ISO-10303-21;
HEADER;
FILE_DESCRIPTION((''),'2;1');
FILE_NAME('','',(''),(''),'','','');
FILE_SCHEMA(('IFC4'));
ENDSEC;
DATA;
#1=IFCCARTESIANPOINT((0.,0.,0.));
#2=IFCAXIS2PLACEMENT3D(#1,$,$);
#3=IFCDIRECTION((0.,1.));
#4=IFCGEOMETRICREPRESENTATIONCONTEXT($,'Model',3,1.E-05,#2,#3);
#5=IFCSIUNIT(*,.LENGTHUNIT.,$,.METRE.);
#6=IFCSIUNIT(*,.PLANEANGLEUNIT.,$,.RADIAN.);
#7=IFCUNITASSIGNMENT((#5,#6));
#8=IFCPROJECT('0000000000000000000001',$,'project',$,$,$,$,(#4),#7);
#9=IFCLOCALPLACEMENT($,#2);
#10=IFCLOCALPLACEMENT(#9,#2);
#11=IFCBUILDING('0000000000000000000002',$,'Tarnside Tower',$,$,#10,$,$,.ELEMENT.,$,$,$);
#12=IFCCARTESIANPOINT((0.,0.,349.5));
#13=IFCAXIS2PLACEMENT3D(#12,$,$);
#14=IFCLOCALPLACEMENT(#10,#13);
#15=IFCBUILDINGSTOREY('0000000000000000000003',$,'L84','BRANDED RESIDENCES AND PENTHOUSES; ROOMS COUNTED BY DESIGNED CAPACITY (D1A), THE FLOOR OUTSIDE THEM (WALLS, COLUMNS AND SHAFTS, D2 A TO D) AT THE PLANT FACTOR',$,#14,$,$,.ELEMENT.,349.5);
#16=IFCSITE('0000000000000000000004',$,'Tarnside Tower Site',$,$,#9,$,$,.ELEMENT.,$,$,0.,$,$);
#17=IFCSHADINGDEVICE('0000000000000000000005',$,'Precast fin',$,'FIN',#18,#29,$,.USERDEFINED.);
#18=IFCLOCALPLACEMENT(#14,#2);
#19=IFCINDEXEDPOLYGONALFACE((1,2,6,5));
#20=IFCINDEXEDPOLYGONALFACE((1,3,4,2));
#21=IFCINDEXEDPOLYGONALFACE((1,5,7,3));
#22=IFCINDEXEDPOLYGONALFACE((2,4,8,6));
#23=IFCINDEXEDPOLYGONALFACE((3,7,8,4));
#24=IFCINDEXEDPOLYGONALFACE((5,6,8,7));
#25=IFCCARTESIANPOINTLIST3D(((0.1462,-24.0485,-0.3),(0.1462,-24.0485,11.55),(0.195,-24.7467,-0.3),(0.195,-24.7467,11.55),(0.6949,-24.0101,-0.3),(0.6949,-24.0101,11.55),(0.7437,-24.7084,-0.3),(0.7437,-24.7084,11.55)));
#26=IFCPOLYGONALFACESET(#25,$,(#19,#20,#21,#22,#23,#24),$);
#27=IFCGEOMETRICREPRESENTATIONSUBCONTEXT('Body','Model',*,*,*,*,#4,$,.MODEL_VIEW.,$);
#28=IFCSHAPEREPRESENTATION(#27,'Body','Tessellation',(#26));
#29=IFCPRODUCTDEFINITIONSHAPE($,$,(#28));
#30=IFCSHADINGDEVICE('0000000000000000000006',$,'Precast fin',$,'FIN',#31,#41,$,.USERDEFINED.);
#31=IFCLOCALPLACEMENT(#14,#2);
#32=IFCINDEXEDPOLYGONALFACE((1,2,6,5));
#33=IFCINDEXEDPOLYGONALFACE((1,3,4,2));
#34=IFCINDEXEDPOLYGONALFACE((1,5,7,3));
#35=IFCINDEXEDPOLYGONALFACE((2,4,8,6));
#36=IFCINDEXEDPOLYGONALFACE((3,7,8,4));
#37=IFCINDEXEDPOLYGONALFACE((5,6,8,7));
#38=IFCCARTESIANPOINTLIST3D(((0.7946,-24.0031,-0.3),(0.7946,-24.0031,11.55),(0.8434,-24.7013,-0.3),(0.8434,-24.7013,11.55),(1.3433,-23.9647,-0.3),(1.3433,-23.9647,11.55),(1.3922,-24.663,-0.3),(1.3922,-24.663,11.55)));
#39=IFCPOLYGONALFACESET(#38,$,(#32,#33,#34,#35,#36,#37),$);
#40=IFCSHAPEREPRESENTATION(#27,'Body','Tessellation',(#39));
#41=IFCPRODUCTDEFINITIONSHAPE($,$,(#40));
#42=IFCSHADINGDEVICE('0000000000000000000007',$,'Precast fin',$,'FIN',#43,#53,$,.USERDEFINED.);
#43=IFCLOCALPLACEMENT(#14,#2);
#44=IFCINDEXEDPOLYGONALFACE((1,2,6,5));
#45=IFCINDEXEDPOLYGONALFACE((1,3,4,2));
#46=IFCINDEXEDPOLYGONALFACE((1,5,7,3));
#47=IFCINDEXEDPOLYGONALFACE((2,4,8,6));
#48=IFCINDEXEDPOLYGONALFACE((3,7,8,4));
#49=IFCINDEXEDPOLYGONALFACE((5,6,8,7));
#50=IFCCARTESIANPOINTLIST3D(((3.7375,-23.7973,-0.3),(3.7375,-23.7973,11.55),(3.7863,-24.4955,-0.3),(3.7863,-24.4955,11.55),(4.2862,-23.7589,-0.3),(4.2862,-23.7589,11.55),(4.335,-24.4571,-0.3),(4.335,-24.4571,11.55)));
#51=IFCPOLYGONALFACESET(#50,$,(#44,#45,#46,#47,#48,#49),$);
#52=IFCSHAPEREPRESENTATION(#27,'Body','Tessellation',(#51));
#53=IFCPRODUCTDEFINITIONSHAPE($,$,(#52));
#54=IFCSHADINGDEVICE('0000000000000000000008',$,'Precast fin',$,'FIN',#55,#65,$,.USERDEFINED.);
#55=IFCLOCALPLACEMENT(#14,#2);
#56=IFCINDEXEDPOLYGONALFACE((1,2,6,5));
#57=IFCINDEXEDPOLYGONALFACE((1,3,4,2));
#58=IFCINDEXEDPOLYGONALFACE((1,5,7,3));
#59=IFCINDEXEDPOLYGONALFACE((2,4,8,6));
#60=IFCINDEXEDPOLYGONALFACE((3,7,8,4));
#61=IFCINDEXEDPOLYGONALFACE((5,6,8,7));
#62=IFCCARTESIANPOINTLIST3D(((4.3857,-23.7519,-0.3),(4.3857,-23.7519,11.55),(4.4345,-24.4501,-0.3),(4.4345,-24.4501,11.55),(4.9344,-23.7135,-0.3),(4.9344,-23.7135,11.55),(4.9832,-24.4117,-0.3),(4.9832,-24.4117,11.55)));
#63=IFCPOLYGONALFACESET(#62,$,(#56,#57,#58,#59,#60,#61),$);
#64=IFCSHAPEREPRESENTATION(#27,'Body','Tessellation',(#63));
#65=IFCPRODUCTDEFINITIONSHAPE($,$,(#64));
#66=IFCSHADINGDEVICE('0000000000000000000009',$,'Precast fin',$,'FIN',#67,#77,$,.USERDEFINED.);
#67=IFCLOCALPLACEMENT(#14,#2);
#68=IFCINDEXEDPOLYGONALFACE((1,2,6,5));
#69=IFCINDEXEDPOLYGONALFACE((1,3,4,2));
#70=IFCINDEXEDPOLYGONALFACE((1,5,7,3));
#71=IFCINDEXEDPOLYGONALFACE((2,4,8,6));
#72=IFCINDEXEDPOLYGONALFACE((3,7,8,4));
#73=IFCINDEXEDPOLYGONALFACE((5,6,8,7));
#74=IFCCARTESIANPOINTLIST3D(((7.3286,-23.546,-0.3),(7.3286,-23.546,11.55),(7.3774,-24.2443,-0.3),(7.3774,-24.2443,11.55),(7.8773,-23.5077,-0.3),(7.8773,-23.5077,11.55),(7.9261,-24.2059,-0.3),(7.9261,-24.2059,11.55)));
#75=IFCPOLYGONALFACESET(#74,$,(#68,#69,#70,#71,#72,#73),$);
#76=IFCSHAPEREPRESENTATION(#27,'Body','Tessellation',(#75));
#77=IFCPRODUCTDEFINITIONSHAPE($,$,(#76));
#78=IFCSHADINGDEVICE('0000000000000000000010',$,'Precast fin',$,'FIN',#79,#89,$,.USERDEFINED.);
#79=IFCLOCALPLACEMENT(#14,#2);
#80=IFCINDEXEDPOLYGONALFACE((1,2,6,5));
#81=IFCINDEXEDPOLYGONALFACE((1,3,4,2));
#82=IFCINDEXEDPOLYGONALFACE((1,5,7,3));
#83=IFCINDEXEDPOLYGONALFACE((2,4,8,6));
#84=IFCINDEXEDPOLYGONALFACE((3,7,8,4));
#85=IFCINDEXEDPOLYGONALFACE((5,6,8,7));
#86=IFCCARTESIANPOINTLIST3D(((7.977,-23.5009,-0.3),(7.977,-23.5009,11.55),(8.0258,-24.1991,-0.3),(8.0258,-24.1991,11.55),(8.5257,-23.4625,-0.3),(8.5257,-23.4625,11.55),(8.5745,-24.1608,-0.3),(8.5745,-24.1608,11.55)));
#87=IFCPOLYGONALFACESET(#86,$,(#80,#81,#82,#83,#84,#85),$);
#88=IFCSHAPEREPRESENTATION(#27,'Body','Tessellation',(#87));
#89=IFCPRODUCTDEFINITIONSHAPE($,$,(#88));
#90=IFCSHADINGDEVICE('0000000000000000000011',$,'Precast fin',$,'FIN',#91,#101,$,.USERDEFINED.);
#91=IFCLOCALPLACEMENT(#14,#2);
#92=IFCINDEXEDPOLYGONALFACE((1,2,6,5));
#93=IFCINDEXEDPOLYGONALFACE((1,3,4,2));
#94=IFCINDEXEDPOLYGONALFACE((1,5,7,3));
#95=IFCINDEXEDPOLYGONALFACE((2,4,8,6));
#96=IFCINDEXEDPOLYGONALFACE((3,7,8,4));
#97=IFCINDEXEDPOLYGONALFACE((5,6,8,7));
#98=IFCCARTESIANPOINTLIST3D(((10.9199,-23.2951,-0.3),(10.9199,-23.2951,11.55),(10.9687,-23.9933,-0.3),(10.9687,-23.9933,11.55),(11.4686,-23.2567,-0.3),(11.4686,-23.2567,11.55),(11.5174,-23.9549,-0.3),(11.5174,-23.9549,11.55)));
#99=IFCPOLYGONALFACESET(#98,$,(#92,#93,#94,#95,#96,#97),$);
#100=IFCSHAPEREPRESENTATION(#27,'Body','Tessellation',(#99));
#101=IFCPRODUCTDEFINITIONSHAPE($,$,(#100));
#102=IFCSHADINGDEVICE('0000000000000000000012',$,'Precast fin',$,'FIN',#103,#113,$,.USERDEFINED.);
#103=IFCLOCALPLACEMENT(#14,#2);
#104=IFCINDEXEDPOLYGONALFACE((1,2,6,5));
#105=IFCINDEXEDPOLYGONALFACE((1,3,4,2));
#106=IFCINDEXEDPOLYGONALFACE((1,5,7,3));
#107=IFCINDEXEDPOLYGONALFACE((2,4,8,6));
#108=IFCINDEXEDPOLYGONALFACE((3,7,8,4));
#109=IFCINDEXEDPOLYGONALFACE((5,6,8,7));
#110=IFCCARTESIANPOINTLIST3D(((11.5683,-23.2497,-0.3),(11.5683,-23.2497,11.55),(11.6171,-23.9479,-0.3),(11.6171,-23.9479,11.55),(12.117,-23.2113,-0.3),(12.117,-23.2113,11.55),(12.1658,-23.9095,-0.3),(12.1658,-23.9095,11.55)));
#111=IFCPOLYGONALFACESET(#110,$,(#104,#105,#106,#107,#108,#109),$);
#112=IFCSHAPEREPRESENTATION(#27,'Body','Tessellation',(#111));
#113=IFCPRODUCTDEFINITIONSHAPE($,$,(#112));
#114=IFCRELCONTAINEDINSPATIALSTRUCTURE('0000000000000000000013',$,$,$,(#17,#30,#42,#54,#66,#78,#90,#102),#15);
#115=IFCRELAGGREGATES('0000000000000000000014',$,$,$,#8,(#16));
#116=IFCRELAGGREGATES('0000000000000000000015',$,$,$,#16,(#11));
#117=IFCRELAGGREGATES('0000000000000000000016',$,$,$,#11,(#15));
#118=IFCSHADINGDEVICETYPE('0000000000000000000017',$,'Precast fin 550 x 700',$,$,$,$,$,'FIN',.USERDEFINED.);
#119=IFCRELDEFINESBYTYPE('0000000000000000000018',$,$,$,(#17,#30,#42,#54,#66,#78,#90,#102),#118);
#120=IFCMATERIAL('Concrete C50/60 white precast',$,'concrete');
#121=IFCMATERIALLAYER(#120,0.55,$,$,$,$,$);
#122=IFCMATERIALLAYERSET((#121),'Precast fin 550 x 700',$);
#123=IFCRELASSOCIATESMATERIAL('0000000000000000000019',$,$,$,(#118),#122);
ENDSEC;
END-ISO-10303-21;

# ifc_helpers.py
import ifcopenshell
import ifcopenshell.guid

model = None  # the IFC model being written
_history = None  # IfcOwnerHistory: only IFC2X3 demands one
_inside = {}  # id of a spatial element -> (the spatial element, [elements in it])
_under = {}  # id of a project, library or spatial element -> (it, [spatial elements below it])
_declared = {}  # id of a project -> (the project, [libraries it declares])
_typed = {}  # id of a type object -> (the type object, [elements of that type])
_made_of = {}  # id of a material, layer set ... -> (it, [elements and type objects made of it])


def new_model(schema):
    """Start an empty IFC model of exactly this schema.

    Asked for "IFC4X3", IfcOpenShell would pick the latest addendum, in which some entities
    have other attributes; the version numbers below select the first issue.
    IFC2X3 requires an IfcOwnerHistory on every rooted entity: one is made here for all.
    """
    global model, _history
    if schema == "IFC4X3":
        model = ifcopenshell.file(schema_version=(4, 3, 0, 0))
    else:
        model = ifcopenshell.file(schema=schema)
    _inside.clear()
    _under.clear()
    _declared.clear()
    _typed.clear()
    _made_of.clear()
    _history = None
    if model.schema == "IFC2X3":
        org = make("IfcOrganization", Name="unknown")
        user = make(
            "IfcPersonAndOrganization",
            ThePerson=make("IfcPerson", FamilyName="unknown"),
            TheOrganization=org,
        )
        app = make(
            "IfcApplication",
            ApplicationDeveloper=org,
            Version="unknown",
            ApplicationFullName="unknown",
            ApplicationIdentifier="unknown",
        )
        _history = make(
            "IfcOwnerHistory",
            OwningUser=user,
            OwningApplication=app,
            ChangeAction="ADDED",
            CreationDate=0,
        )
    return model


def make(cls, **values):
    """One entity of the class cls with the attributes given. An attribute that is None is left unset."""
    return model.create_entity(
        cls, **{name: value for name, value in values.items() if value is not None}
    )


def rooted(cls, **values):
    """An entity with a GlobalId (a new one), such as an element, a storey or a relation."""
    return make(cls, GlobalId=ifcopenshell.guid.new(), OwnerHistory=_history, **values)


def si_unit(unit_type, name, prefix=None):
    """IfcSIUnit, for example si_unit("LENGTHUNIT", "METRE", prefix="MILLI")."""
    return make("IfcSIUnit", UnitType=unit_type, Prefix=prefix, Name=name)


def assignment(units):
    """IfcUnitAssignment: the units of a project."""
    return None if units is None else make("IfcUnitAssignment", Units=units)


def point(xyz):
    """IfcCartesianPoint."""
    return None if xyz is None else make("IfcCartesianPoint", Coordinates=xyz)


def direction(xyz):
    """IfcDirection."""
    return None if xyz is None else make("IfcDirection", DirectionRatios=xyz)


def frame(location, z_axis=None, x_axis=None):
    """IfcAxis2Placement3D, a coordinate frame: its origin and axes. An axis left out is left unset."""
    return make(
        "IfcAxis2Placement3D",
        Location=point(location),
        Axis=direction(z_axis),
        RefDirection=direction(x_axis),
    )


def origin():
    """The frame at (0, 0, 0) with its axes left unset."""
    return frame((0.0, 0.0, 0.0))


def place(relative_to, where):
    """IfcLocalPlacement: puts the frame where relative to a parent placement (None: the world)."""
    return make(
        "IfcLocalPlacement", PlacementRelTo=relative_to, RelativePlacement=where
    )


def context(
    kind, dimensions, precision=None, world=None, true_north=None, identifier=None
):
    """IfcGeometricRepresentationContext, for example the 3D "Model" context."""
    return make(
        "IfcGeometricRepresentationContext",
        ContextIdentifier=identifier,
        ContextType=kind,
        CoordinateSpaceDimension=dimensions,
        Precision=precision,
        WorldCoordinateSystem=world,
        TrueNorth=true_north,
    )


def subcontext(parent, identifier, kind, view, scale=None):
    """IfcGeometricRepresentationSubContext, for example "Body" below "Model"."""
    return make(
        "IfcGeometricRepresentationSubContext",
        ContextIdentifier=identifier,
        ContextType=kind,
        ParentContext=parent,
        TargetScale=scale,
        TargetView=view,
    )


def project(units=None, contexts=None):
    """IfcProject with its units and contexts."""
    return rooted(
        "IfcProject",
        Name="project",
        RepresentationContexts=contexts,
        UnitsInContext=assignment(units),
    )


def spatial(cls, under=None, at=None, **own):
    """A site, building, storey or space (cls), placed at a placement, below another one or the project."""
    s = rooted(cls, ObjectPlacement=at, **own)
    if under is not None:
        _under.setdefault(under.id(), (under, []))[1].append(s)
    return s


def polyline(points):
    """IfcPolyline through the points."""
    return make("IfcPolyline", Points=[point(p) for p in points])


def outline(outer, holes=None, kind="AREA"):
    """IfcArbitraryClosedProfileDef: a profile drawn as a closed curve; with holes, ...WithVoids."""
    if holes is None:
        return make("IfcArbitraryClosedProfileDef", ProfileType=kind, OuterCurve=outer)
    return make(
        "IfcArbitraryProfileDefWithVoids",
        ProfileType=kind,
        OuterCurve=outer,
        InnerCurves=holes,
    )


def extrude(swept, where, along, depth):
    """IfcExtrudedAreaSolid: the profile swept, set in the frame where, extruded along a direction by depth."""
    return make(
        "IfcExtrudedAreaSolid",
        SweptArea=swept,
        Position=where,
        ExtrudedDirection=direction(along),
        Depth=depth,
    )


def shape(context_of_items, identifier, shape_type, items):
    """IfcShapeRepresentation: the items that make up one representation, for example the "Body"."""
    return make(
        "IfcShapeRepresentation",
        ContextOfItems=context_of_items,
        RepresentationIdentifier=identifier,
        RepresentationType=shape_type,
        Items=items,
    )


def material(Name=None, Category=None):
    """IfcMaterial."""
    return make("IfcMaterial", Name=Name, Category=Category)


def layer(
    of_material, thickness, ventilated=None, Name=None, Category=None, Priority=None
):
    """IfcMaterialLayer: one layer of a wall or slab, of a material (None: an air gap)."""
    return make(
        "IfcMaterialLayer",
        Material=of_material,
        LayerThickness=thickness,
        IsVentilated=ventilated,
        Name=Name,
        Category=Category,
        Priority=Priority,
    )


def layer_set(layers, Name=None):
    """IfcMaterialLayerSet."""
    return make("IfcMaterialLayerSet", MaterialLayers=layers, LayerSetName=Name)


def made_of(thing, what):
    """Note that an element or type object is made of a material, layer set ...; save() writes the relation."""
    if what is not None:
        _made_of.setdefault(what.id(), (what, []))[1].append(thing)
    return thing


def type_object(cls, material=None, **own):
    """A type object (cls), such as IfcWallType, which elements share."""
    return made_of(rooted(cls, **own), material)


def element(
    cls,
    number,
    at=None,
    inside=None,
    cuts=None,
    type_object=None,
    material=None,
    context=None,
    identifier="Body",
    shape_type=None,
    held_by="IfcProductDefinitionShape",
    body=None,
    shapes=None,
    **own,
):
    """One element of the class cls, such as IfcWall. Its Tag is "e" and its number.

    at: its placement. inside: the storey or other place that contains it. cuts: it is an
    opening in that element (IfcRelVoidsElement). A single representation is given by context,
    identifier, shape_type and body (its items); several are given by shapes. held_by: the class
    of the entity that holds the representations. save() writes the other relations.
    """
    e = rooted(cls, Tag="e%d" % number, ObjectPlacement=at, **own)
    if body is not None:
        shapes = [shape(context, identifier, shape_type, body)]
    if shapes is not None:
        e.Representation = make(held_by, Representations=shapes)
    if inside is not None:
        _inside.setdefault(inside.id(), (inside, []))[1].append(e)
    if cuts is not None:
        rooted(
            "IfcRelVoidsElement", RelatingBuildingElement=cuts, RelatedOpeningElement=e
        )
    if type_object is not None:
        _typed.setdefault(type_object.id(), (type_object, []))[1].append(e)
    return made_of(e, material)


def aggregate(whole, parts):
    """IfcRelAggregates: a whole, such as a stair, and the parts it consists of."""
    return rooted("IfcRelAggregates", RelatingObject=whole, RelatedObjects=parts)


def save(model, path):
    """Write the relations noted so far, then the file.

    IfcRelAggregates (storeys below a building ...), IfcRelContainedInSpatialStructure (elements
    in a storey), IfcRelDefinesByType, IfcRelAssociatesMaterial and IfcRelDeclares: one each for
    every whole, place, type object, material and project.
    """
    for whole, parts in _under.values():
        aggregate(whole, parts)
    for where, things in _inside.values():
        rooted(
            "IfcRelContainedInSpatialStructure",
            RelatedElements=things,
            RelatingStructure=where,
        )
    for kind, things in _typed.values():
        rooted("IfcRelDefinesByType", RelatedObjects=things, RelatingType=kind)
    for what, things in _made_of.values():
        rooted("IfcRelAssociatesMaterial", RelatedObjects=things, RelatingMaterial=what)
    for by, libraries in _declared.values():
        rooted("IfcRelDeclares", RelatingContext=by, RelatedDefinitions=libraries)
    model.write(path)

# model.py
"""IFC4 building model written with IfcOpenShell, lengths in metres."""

from ifc_helpers import new_model, si_unit, direction, frame, origin, place, context, subcontext, project, spatial, polyline, outline, extrude, material, layer, layer_set, type_object, element, save


model = new_model("IFC4")

# Units and contexts
model_context = context("Model", 3, precision=1e-05, world=origin(), true_north=direction((0.0, 1.0)))
body_context = subcontext(model_context, "Body", "Model", "MODEL_VIEW")
ifc_project = project(units=[si_unit("LENGTHUNIT", "METRE"), si_unit("PLANEANGLEUNIT", "RADIAN")], contexts=[model_context])

# Site, building, storey
site_placement = place(None, origin())
site = spatial("IfcSite", under=ifc_project, at=site_placement, Name="Tarnside Tower Site", CompositionType="ELEMENT", RefElevation=0.0)
building_placement = place(site_placement, origin())
building = spatial("IfcBuilding", under=site, at=building_placement, Name="Tarnside Tower", CompositionType="ELEMENT")
storey_placement = place(building_placement, frame((0.0, 0.0, 349.5)))
storey = spatial("IfcBuildingStorey", under=building, at=storey_placement, Name="L84", Description="BRANDED RESIDENCES AND PENTHOUSES; ROOMS COUNTED BY DESIGNED CAPACITY (D1A), THE FLOOR OUTSIDE THEM (WALLS, COLUMNS AND SHAFTS, D2 A TO D) AT THE PLANT FACTOR", CompositionType="ELEMENT", Elevation=349.5)

# Shading devices
ifc_material_1 = material(Name="Concrete C50/60 white precast", Category="concrete")
ifc_layer_1 = layer(ifc_material_1, 0.55)
ifc_layer_set_1 = layer_set([ifc_layer_1], Name="Precast fin 550 x 700")
shading_device_type = type_object("IfcShadingDeviceType", Name="Precast fin 550 x 700", ElementType="FIN", PredefinedType="USERDEFINED", material=ifc_layer_set_1)
for number, where, z_axis, x_axis, name in (
    (1, (0.4207, -24.0293, -0.3), (-0.997564, -0.069756, 0.0), (0.069756, -0.997564, 0.0), "Precast fin"),
    (2, (1.0691, -23.9839, -0.3), (-0.997564, -0.069756, 0.0), (0.069756, -0.997564, 0.0), "Precast fin"),
    (3, (4.012, -23.7781, -0.3), (-0.997564, -0.069756, 0.0), (0.069756, -0.997564, 0.0), "Precast fin"),
    (4, (4.6602, -23.7327, -0.3), (-0.997564, -0.069756, 0.0), (0.069756, -0.997564, 0.0), "Precast fin"),
    (5, (7.603, -23.5269, -0.3), (-0.997564, -0.069756, 0.0), (0.069756, -0.997564, 0.0), "Precast fin"),
    (6, (8.2515, -23.4817, -0.3), (-0.997564, -0.069756, 0.0), (0.069756, -0.997564, 0.0), "Precast fin"),
    (7, (11.1943, -23.2759, -0.3), (-0.997564, -0.069756, 0.0), (0.069756, -0.997564, 0.0), "Precast fin"),
    (8, (11.8428, -23.2305, -0.3), (-0.997564, -0.069756, 0.0), (0.069756, -0.997564, 0.0), "Precast fin"),
):
    element("IfcShadingDevice", number, at=place(storey_placement, frame(where, z_axis=z_axis, x_axis=x_axis)), inside=storey, type_object=shading_device_type, Name=name, ObjectType="FIN", PredefinedType="USERDEFINED", context=body_context, shape_type="SweptSolid", body=[
        extrude(outline(polyline([(0.0, 0.0), (0.7, 0.0), (0.7, 11.8501), (0.0, 11.8501), (0.0, 0.0)])), frame((0.0, 0.0, -0.2749)), (0.0, 0.0, 1.0), 0.55),
    ])

save(model, "model.ifc")
